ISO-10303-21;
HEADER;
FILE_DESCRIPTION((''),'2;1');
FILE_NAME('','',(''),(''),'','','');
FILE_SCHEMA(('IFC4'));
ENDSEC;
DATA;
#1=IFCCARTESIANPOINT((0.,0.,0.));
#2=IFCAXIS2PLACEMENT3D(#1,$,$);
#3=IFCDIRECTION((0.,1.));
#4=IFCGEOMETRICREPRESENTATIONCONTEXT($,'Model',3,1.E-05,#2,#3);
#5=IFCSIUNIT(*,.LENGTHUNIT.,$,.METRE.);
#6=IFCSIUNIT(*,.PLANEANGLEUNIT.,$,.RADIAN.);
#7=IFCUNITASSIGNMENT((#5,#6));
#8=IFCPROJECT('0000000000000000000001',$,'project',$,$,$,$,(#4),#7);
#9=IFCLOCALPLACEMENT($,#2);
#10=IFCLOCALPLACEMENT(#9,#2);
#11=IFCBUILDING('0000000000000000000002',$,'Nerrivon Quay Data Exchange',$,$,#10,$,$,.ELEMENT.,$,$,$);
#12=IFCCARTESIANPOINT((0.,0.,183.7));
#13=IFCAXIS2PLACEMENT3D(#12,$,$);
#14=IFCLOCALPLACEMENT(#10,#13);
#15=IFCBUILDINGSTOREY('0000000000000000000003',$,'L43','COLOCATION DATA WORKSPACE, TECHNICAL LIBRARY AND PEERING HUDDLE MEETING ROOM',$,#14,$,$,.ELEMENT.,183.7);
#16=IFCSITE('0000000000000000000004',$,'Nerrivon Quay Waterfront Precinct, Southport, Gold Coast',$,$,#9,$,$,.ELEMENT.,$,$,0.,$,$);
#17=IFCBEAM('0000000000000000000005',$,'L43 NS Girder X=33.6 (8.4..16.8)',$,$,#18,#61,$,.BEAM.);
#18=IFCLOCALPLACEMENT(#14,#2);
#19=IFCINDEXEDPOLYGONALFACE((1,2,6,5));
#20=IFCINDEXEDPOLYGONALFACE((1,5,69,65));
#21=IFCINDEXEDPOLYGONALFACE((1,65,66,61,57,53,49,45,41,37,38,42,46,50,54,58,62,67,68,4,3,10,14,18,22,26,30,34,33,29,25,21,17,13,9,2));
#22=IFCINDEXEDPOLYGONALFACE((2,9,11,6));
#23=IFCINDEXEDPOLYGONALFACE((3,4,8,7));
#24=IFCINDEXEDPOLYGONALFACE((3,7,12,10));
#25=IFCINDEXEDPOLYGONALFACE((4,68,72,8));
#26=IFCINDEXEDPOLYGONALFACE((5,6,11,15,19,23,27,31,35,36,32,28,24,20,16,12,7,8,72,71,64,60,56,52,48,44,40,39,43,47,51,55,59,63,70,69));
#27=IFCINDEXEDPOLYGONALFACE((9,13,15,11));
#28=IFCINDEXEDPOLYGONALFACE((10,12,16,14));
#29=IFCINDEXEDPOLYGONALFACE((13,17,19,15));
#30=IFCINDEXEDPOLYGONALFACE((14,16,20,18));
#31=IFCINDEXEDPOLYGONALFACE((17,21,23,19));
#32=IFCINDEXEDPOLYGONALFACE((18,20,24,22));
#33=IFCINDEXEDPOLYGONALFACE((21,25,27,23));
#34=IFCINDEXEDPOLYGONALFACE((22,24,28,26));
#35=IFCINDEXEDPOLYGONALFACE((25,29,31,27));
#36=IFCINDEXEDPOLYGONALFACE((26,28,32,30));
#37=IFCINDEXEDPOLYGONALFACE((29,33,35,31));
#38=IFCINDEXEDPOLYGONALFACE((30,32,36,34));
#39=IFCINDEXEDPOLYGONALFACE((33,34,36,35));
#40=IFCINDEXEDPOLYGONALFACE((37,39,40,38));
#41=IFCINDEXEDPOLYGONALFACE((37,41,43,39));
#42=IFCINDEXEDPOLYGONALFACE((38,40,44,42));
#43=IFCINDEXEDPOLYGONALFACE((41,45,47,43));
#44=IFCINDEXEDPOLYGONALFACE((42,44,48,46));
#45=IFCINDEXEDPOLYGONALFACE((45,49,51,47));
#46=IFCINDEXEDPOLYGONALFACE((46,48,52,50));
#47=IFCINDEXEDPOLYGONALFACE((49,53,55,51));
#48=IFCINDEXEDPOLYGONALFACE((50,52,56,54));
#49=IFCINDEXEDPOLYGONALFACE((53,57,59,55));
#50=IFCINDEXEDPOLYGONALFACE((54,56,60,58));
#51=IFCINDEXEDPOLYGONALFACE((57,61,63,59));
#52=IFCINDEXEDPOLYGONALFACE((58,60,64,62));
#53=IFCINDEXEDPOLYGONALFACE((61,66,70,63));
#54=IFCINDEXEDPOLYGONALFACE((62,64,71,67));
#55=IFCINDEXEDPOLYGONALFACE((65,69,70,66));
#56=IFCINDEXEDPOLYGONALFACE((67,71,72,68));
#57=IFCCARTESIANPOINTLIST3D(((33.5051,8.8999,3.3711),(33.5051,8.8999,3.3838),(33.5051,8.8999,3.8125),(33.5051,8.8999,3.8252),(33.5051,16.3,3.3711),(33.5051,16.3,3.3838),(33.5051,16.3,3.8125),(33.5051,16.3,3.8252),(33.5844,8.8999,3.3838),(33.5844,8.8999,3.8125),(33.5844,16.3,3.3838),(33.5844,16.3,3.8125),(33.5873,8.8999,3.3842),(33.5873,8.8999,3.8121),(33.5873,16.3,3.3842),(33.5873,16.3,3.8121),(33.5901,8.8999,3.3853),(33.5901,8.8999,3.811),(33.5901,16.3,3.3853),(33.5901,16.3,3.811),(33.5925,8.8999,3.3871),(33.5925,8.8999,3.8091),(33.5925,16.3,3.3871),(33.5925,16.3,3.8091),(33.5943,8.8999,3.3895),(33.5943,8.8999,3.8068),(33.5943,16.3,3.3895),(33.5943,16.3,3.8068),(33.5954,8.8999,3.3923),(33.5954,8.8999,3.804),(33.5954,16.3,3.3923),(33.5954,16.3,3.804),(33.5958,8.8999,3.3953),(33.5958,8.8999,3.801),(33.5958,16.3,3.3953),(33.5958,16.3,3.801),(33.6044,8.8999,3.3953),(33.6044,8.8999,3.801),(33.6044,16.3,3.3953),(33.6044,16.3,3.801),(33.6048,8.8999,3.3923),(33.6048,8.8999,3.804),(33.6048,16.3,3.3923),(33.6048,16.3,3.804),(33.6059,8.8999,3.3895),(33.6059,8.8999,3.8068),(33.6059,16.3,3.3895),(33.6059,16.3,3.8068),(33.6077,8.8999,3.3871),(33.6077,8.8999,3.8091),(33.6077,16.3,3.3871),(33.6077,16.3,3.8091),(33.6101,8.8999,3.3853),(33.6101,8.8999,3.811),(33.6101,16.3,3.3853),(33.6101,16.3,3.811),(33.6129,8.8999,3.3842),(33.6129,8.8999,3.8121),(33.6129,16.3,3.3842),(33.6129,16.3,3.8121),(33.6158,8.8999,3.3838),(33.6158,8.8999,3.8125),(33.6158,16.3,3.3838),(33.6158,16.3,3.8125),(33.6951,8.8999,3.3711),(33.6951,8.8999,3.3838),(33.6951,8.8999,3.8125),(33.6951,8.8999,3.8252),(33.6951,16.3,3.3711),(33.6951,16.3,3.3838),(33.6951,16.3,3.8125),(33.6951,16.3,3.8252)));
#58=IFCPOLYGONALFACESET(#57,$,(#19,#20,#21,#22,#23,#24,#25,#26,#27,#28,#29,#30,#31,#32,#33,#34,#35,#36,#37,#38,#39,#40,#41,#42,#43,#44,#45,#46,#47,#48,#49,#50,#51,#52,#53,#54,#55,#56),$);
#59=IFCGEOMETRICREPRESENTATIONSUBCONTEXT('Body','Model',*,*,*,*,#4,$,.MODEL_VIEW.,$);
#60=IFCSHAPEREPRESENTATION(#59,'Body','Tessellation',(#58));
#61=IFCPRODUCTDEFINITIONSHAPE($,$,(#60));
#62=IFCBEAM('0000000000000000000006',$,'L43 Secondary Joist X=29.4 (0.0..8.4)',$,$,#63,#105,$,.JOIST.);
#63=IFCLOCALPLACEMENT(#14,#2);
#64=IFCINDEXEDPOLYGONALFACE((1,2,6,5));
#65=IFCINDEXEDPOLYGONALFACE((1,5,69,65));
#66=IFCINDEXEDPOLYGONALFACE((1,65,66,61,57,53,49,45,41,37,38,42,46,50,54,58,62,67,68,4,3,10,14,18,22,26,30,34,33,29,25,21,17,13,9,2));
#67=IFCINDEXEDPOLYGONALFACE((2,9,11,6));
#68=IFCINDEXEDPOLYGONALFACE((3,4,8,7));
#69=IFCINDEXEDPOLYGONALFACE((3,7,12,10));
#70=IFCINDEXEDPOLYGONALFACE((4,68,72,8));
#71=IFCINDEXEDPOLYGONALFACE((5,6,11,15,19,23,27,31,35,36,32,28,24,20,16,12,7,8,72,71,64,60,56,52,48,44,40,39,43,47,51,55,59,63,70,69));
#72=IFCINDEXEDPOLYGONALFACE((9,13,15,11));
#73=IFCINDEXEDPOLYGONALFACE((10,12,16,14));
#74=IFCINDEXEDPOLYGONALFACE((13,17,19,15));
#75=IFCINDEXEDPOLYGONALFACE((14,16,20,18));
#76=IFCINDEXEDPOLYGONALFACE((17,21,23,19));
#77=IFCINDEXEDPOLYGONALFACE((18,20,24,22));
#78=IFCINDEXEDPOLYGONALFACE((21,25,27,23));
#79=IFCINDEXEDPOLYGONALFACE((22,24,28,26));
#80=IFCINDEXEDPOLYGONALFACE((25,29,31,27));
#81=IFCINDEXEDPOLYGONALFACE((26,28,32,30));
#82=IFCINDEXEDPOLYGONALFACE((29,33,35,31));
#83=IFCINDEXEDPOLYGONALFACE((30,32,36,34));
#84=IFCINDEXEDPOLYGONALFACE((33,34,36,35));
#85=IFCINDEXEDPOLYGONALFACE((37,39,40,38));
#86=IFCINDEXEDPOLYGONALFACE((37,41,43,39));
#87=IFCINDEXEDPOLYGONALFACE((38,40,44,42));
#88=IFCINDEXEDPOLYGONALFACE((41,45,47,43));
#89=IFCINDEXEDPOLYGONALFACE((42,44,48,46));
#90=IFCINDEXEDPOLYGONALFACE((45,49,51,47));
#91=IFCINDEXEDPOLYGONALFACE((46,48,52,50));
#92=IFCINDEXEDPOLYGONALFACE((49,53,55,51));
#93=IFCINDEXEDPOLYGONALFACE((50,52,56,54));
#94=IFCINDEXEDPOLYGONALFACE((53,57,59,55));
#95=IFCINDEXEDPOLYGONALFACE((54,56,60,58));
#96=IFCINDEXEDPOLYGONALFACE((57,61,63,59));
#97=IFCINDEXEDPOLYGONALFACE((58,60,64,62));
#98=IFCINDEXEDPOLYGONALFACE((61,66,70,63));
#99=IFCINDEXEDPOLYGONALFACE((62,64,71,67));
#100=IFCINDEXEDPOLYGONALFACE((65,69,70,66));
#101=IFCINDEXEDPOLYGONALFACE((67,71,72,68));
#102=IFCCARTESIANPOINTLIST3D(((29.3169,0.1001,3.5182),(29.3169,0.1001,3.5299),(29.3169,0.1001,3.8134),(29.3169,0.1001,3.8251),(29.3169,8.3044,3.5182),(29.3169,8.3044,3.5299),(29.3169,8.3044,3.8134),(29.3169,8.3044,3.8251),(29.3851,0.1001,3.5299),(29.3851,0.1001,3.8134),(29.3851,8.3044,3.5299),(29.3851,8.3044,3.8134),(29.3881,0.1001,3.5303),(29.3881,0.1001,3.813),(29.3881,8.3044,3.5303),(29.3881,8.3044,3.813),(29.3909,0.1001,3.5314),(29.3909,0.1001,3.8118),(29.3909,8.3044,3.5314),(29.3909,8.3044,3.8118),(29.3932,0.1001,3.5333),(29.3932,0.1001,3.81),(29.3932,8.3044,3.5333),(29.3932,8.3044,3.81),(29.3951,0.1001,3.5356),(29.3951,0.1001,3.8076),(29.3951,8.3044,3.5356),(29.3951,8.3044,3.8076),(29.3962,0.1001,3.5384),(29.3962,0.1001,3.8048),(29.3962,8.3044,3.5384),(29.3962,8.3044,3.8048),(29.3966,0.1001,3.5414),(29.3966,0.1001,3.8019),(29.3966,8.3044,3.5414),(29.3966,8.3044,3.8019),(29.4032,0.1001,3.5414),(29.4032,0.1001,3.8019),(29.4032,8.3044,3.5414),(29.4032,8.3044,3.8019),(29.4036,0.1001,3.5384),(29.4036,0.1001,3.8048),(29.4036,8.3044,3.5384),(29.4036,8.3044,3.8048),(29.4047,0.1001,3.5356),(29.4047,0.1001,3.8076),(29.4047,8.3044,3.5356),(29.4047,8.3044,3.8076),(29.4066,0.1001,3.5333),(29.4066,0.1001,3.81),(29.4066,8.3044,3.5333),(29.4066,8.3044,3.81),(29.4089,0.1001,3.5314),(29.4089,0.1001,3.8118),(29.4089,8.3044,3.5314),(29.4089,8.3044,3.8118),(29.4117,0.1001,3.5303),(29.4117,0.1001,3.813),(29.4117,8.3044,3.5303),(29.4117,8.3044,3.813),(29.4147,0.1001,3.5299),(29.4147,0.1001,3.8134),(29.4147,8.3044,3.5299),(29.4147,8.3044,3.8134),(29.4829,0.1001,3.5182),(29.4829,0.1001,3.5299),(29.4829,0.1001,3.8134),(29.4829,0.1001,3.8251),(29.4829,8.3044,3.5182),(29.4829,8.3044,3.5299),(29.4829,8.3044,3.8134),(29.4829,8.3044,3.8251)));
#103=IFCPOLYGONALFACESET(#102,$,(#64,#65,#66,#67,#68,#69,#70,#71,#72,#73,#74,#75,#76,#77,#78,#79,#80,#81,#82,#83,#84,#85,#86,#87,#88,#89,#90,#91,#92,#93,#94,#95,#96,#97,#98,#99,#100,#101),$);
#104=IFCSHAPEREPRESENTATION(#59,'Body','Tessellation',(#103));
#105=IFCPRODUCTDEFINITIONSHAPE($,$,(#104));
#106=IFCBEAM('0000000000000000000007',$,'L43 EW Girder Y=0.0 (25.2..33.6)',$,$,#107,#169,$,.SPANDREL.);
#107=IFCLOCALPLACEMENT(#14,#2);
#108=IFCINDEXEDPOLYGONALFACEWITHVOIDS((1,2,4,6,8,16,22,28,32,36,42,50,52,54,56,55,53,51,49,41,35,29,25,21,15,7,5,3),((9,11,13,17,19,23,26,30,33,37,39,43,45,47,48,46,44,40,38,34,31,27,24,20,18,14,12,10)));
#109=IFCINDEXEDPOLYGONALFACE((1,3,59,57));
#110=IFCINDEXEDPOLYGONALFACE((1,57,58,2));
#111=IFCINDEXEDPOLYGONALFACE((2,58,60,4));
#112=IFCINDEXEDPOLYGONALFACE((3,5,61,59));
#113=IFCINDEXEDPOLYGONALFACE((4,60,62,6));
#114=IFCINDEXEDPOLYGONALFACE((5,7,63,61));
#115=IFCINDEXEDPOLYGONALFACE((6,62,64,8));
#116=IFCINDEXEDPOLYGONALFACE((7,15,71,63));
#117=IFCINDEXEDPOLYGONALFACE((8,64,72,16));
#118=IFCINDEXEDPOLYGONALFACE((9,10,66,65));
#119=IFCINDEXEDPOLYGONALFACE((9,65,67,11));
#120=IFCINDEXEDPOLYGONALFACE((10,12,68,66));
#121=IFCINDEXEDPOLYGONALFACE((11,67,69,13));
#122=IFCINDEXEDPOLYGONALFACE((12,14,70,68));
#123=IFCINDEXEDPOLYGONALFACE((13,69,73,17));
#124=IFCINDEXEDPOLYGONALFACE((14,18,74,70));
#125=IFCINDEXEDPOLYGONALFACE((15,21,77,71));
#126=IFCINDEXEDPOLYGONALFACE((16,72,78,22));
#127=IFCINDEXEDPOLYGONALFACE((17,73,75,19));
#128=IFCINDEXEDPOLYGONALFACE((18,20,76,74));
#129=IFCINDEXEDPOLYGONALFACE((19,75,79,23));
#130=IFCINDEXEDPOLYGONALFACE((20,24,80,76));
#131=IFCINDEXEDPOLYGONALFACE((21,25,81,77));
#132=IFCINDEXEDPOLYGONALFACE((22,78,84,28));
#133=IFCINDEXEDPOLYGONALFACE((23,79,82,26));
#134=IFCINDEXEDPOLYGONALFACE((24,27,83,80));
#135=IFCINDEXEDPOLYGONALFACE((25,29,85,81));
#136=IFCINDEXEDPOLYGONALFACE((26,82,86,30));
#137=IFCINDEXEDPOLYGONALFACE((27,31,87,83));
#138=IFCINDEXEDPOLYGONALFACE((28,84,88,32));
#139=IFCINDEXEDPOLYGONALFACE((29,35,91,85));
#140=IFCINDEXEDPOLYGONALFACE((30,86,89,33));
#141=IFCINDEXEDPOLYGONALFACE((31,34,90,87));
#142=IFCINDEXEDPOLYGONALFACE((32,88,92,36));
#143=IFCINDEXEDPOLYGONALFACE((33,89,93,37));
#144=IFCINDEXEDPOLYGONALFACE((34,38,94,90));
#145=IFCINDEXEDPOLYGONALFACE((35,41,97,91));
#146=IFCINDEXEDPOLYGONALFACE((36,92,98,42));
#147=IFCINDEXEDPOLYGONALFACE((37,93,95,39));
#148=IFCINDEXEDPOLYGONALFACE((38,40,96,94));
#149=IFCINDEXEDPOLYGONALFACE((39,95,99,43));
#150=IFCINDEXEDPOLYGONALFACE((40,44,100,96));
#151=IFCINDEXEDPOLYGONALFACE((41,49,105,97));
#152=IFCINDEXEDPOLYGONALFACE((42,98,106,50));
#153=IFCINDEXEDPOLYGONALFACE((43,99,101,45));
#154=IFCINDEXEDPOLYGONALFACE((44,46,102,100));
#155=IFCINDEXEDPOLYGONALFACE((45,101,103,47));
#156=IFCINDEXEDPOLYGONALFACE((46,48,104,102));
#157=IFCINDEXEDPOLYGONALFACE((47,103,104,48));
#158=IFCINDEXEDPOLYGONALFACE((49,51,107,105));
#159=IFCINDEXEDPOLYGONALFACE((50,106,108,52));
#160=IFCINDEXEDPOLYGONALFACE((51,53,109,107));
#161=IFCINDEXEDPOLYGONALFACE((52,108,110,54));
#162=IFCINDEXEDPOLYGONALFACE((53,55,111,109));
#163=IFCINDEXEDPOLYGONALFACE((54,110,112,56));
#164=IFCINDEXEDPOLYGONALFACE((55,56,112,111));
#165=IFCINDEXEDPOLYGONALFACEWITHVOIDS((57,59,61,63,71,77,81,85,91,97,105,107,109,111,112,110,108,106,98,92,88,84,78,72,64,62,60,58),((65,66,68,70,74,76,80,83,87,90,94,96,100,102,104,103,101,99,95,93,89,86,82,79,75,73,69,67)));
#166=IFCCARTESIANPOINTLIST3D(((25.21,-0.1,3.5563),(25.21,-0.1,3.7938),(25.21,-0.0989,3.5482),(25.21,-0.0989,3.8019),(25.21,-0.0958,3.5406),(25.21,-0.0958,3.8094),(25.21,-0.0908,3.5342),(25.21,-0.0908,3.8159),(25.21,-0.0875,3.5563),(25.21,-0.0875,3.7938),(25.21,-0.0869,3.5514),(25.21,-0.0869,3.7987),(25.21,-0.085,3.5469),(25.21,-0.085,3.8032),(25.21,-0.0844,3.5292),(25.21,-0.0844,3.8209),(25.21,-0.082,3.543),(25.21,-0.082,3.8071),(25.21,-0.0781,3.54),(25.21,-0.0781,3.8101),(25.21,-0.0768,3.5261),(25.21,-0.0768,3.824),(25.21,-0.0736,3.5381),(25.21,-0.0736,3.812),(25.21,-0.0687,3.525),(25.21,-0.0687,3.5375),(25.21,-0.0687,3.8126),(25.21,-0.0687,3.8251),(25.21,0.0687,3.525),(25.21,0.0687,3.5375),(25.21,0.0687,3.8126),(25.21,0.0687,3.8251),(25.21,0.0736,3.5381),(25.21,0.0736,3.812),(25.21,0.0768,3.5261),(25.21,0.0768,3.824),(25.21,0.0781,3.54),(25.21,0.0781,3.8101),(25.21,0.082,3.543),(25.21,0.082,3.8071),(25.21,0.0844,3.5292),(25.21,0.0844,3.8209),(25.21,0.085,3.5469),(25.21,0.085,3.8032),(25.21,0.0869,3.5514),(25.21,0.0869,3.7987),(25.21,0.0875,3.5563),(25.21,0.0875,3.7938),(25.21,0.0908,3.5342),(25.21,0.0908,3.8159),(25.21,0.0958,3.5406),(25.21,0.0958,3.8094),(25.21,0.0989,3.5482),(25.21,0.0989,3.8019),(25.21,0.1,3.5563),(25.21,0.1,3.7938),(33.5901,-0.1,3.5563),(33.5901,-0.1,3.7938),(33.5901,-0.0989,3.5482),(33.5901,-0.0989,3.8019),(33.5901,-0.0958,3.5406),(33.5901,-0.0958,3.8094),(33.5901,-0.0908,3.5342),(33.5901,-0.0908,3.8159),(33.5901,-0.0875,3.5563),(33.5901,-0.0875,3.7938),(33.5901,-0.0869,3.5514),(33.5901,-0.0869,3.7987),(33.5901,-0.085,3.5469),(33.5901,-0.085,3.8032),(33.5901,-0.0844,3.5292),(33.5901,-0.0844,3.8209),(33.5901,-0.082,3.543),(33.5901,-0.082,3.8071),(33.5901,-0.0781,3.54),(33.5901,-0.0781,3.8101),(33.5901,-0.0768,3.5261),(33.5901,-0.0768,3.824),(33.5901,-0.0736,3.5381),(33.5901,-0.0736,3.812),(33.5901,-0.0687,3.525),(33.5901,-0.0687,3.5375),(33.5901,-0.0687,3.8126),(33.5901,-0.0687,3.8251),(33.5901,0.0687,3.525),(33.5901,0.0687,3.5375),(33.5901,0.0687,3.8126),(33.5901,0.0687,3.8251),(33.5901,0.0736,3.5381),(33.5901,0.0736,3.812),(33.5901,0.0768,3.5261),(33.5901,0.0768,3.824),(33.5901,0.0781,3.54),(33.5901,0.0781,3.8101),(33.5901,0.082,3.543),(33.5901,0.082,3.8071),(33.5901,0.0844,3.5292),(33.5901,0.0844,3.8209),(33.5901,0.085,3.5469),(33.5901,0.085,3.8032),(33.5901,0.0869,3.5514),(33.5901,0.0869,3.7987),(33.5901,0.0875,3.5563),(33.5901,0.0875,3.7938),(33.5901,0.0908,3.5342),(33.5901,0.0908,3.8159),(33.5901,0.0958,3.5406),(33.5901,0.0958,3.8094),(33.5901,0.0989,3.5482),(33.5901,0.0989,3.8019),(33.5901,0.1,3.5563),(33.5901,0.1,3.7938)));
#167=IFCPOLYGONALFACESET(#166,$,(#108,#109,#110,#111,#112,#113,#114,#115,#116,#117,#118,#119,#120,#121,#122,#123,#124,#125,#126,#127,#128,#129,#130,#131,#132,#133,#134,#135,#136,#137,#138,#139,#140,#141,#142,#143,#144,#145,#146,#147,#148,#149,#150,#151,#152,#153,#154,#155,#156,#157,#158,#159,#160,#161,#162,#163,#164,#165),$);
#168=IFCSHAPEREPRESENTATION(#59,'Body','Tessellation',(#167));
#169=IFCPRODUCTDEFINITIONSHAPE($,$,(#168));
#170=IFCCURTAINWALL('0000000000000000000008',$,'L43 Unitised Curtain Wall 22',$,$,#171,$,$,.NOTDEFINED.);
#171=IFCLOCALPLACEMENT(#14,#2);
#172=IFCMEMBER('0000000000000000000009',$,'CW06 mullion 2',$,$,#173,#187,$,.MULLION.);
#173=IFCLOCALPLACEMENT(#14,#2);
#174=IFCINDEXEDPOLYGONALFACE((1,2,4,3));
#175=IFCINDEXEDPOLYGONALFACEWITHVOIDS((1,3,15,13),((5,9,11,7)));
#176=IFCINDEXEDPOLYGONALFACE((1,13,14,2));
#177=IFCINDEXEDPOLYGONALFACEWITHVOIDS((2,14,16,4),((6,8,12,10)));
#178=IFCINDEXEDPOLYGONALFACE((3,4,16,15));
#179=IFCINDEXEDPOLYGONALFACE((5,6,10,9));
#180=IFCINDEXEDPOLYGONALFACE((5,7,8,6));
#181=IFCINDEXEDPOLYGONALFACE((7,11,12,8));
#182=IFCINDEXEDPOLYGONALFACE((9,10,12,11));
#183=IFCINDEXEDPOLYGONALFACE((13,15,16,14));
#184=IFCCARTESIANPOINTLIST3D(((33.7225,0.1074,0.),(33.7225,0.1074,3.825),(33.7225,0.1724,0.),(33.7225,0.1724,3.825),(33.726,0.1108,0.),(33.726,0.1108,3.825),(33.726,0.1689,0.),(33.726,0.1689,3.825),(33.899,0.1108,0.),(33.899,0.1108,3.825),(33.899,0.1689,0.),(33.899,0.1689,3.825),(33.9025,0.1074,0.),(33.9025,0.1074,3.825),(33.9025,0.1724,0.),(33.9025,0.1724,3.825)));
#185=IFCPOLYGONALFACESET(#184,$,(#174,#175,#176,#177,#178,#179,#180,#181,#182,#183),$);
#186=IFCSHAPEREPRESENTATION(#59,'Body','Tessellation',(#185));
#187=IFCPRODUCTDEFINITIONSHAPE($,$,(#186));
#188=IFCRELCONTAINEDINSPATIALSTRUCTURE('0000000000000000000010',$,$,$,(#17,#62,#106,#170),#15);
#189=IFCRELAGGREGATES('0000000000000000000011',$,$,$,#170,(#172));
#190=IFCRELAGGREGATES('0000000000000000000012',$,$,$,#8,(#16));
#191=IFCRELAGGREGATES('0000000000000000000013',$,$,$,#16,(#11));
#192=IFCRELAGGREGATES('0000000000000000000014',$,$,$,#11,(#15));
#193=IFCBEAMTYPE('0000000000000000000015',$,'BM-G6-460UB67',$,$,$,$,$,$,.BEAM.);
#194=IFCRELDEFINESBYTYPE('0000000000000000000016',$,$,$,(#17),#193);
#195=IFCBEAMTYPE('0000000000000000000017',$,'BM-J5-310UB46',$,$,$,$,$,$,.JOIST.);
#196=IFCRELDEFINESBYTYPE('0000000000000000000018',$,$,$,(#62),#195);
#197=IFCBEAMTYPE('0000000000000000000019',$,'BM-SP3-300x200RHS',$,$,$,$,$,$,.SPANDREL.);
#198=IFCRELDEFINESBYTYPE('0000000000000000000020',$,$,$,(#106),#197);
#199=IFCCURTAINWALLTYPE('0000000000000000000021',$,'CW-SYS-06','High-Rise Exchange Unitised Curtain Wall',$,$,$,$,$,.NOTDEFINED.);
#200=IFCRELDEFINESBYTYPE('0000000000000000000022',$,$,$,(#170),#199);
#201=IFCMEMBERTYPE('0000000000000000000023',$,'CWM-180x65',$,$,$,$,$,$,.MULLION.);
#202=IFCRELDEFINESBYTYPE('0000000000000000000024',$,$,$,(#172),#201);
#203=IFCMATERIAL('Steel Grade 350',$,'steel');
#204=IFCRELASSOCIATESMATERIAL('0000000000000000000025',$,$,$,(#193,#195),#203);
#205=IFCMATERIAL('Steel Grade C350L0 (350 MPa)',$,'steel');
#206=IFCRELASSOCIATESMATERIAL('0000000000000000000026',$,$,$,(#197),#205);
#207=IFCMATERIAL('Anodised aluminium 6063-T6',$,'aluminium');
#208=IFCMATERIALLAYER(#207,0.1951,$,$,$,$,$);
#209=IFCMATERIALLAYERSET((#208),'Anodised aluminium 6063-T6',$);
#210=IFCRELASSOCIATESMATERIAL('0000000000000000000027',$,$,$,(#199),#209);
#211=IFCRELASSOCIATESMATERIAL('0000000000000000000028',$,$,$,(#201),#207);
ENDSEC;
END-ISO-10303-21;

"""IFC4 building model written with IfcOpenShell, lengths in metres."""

from ifc_helpers import new_model, si_unit, direction, frame, origin, origin_2d, place, context, subcontext, project, spatial, hollow_rectangle, i_section, extrude, material, layer, layer_set, material_profile, profile_set, type_object, element, aggregate, save


model = new_model("IFC4")

# Units and contexts
model_context = context("Model", 3, precision=1e-05, world=origin(), true_north=direction((0.0, 1.0)))
body_context = subcontext(model_context, "Body", "Model", "MODEL_VIEW")
ifc_project = project(units=[si_unit("LENGTHUNIT", "METRE"), si_unit("PLANEANGLEUNIT", "RADIAN")], contexts=[model_context])

# Site, building, storey
site_placement = place(None, origin())
site = spatial("IfcSite", under=ifc_project, at=site_placement, Name="Nerrivon Quay Waterfront Precinct, Southport, Gold Coast", CompositionType="ELEMENT", RefElevation=0.0)
building_placement = place(site_placement, origin())
building = spatial("IfcBuilding", under=site, at=building_placement, Name="Nerrivon Quay Data Exchange", CompositionType="ELEMENT")
storey_placement = place(building_placement, frame((0.0, 0.0, 183.7)))
storey = spatial("IfcBuildingStorey", under=building, at=storey_placement, Name="L43", Description="COLOCATION DATA WORKSPACE, TECHNICAL LIBRARY AND PEERING HUDDLE MEETING ROOM", CompositionType="ELEMENT", Elevation=183.7)

# Shared definitions
ifc_material_1 = material(Name="Steel Grade 350", Category="steel")

# Beams
ifc_material_profile_1 = material_profile(ifc_material_1, i_section(OverallWidth=0.1899, OverallDepth=0.4541, WebThickness=0.0085, FlangeThickness=0.0127, FilletRadius=0.0115, at=origin_2d()), Name="460UB67.1")
ifc_profile_set_1 = profile_set([ifc_material_profile_1], Name="Steel Grade 350")
beam_type_1 = type_object("IfcBeamType", Name="BM-G6-460UB67", PredefinedType="BEAM", material=ifc_profile_set_1)
beam_1_placement = place(storey_placement, frame((33.6001, 8.8999, 3.5981), z_axis=(0.0, 1.0, 0.0), x_axis=(-1.0, 0.0, 0.0)))
element("IfcBeam", 1, at=beam_1_placement, inside=storey, type_object=beam_type_1, Name="L43 NS Girder X=33.6 (8.4..16.8)", PredefinedType="BEAM", context=body_context, shape_type="SweptSolid", body=[
    extrude(i_section(OverallWidth=0.1899, OverallDepth=0.4541, WebThickness=0.0085, FlangeThickness=0.0127, FilletRadius=0.0115, at=origin_2d()), origin(), (0.0, 0.0, 1.0), 7.4001),
])
ifc_material_profile_2 = material_profile(ifc_material_1, i_section(OverallWidth=0.166, OverallDepth=0.3069, WebThickness=0.0066, FlangeThickness=0.0117, FilletRadius=0.0115, at=origin_2d()), Name="310UB46.2")
ifc_profile_set_2 = profile_set([ifc_material_profile_2], Name="Steel Grade 350")
beam_type_2 = type_object("IfcBeamType", Name="BM-J5-310UB46", PredefinedType="JOIST", material=ifc_profile_set_2)
beam_2_placement = place(storey_placement, frame((29.3999, 0.1001, 3.6716), z_axis=(0.0, 1.0, 0.0), x_axis=(-1.0, 0.0, 0.0)))
element("IfcBeam", 2, at=beam_2_placement, inside=storey, type_object=beam_type_2, Name="L43 Secondary Joist X=29.4 (0.0..8.4)", PredefinedType="JOIST", context=body_context, shape_type="SweptSolid", body=[
    extrude(i_section(OverallWidth=0.166, OverallDepth=0.3069, WebThickness=0.0066, FlangeThickness=0.0117, FilletRadius=0.0115, at=origin_2d()), origin(), (0.0, 0.0, 1.0), 8.2043),
])
ifc_material_2 = material(Name="Steel Grade C350L0 (350 MPa)", Category="steel")
ifc_material_profile_3 = material_profile(ifc_material_2, hollow_rectangle(XDim=0.2, YDim=0.3, WallThickness=0.0125, InnerFilletRadius=0.0188, OuterFilletRadius=0.0312, at=origin_2d()), Name="300x200x12.5RHS")
ifc_profile_set_3 = profile_set([ifc_material_profile_3], Name="Steel Grade C350L0 (350 MPa)")
beam_type_3 = type_object("IfcBeamType", Name="BM-SP3-300x200RHS", PredefinedType="SPANDREL", material=ifc_profile_set_3)
beam_3_placement = place(storey_placement, frame((25.21, 0.0, 3.675), z_axis=(1.0, 0.0, 0.0), x_axis=(0.0, 1.0, 0.0)))
element("IfcBeam", 3, at=beam_3_placement, inside=storey, type_object=beam_type_3, Name="L43 EW Girder Y=0.0 (25.2..33.6)", PredefinedType="SPANDREL", context=body_context, shape_type="SweptSolid", body=[
    extrude(hollow_rectangle(XDim=0.2, YDim=0.3, WallThickness=0.0125, InnerFilletRadius=0.0188, OuterFilletRadius=0.0312, at=origin_2d()), origin(), (0.0, 0.0, 1.0), 8.3801),
])

# Curtain wall, member
ifc_material_3 = material(Name="Anodised aluminium 6063-T6", Category="aluminium")
ifc_layer_1 = layer(ifc_material_3, 0.1951)
ifc_layer_set_1 = layer_set([ifc_layer_1], Name="Anodised aluminium 6063-T6")
curtain_wall_type = type_object("IfcCurtainWallType", Name="CW-SYS-06", Description="High-Rise Exchange Unitised Curtain Wall", PredefinedType="NOTDEFINED", material=ifc_layer_set_1)
curtain_wall_placement = place(storey_placement, origin())
curtain_wall = element("IfcCurtainWall", 4, at=curtain_wall_placement, inside=storey, type_object=curtain_wall_type, Name="L43 Unitised Curtain Wall 22", PredefinedType="NOTDEFINED")
ifc_material_profile_4 = material_profile(ifc_material_3, hollow_rectangle(XDim=0.0649, YDim=0.1799, WallThickness=0.0034, at=origin_2d()), Name="ALU-MULL-180x65")
ifc_profile_set_4 = profile_set([ifc_material_profile_4], Name="Anodised aluminium 6063-T6")
member_type = type_object("IfcMemberType", Name="CWM-180x65", PredefinedType="MULLION", material=ifc_profile_set_4)
member_placement = place(storey_placement, frame((33.8125, 0.1399, 0.0), z_axis=(0.0, 0.0, 1.0), x_axis=(0.0, -1.0, 0.0)))
member = element("IfcMember", 5, at=member_placement, type_object=member_type, Name="CW06 mullion 2", PredefinedType="MULLION", context=body_context, shape_type="SweptSolid", body=[
    extrude(hollow_rectangle(XDim=0.0649, YDim=0.1799, WallThickness=0.0034, at=origin_2d()), origin(), (0.0, 0.0, 1.0), 3.825),
])
aggregate(curtain_wall, [member])

save(model, "model.ifc")
